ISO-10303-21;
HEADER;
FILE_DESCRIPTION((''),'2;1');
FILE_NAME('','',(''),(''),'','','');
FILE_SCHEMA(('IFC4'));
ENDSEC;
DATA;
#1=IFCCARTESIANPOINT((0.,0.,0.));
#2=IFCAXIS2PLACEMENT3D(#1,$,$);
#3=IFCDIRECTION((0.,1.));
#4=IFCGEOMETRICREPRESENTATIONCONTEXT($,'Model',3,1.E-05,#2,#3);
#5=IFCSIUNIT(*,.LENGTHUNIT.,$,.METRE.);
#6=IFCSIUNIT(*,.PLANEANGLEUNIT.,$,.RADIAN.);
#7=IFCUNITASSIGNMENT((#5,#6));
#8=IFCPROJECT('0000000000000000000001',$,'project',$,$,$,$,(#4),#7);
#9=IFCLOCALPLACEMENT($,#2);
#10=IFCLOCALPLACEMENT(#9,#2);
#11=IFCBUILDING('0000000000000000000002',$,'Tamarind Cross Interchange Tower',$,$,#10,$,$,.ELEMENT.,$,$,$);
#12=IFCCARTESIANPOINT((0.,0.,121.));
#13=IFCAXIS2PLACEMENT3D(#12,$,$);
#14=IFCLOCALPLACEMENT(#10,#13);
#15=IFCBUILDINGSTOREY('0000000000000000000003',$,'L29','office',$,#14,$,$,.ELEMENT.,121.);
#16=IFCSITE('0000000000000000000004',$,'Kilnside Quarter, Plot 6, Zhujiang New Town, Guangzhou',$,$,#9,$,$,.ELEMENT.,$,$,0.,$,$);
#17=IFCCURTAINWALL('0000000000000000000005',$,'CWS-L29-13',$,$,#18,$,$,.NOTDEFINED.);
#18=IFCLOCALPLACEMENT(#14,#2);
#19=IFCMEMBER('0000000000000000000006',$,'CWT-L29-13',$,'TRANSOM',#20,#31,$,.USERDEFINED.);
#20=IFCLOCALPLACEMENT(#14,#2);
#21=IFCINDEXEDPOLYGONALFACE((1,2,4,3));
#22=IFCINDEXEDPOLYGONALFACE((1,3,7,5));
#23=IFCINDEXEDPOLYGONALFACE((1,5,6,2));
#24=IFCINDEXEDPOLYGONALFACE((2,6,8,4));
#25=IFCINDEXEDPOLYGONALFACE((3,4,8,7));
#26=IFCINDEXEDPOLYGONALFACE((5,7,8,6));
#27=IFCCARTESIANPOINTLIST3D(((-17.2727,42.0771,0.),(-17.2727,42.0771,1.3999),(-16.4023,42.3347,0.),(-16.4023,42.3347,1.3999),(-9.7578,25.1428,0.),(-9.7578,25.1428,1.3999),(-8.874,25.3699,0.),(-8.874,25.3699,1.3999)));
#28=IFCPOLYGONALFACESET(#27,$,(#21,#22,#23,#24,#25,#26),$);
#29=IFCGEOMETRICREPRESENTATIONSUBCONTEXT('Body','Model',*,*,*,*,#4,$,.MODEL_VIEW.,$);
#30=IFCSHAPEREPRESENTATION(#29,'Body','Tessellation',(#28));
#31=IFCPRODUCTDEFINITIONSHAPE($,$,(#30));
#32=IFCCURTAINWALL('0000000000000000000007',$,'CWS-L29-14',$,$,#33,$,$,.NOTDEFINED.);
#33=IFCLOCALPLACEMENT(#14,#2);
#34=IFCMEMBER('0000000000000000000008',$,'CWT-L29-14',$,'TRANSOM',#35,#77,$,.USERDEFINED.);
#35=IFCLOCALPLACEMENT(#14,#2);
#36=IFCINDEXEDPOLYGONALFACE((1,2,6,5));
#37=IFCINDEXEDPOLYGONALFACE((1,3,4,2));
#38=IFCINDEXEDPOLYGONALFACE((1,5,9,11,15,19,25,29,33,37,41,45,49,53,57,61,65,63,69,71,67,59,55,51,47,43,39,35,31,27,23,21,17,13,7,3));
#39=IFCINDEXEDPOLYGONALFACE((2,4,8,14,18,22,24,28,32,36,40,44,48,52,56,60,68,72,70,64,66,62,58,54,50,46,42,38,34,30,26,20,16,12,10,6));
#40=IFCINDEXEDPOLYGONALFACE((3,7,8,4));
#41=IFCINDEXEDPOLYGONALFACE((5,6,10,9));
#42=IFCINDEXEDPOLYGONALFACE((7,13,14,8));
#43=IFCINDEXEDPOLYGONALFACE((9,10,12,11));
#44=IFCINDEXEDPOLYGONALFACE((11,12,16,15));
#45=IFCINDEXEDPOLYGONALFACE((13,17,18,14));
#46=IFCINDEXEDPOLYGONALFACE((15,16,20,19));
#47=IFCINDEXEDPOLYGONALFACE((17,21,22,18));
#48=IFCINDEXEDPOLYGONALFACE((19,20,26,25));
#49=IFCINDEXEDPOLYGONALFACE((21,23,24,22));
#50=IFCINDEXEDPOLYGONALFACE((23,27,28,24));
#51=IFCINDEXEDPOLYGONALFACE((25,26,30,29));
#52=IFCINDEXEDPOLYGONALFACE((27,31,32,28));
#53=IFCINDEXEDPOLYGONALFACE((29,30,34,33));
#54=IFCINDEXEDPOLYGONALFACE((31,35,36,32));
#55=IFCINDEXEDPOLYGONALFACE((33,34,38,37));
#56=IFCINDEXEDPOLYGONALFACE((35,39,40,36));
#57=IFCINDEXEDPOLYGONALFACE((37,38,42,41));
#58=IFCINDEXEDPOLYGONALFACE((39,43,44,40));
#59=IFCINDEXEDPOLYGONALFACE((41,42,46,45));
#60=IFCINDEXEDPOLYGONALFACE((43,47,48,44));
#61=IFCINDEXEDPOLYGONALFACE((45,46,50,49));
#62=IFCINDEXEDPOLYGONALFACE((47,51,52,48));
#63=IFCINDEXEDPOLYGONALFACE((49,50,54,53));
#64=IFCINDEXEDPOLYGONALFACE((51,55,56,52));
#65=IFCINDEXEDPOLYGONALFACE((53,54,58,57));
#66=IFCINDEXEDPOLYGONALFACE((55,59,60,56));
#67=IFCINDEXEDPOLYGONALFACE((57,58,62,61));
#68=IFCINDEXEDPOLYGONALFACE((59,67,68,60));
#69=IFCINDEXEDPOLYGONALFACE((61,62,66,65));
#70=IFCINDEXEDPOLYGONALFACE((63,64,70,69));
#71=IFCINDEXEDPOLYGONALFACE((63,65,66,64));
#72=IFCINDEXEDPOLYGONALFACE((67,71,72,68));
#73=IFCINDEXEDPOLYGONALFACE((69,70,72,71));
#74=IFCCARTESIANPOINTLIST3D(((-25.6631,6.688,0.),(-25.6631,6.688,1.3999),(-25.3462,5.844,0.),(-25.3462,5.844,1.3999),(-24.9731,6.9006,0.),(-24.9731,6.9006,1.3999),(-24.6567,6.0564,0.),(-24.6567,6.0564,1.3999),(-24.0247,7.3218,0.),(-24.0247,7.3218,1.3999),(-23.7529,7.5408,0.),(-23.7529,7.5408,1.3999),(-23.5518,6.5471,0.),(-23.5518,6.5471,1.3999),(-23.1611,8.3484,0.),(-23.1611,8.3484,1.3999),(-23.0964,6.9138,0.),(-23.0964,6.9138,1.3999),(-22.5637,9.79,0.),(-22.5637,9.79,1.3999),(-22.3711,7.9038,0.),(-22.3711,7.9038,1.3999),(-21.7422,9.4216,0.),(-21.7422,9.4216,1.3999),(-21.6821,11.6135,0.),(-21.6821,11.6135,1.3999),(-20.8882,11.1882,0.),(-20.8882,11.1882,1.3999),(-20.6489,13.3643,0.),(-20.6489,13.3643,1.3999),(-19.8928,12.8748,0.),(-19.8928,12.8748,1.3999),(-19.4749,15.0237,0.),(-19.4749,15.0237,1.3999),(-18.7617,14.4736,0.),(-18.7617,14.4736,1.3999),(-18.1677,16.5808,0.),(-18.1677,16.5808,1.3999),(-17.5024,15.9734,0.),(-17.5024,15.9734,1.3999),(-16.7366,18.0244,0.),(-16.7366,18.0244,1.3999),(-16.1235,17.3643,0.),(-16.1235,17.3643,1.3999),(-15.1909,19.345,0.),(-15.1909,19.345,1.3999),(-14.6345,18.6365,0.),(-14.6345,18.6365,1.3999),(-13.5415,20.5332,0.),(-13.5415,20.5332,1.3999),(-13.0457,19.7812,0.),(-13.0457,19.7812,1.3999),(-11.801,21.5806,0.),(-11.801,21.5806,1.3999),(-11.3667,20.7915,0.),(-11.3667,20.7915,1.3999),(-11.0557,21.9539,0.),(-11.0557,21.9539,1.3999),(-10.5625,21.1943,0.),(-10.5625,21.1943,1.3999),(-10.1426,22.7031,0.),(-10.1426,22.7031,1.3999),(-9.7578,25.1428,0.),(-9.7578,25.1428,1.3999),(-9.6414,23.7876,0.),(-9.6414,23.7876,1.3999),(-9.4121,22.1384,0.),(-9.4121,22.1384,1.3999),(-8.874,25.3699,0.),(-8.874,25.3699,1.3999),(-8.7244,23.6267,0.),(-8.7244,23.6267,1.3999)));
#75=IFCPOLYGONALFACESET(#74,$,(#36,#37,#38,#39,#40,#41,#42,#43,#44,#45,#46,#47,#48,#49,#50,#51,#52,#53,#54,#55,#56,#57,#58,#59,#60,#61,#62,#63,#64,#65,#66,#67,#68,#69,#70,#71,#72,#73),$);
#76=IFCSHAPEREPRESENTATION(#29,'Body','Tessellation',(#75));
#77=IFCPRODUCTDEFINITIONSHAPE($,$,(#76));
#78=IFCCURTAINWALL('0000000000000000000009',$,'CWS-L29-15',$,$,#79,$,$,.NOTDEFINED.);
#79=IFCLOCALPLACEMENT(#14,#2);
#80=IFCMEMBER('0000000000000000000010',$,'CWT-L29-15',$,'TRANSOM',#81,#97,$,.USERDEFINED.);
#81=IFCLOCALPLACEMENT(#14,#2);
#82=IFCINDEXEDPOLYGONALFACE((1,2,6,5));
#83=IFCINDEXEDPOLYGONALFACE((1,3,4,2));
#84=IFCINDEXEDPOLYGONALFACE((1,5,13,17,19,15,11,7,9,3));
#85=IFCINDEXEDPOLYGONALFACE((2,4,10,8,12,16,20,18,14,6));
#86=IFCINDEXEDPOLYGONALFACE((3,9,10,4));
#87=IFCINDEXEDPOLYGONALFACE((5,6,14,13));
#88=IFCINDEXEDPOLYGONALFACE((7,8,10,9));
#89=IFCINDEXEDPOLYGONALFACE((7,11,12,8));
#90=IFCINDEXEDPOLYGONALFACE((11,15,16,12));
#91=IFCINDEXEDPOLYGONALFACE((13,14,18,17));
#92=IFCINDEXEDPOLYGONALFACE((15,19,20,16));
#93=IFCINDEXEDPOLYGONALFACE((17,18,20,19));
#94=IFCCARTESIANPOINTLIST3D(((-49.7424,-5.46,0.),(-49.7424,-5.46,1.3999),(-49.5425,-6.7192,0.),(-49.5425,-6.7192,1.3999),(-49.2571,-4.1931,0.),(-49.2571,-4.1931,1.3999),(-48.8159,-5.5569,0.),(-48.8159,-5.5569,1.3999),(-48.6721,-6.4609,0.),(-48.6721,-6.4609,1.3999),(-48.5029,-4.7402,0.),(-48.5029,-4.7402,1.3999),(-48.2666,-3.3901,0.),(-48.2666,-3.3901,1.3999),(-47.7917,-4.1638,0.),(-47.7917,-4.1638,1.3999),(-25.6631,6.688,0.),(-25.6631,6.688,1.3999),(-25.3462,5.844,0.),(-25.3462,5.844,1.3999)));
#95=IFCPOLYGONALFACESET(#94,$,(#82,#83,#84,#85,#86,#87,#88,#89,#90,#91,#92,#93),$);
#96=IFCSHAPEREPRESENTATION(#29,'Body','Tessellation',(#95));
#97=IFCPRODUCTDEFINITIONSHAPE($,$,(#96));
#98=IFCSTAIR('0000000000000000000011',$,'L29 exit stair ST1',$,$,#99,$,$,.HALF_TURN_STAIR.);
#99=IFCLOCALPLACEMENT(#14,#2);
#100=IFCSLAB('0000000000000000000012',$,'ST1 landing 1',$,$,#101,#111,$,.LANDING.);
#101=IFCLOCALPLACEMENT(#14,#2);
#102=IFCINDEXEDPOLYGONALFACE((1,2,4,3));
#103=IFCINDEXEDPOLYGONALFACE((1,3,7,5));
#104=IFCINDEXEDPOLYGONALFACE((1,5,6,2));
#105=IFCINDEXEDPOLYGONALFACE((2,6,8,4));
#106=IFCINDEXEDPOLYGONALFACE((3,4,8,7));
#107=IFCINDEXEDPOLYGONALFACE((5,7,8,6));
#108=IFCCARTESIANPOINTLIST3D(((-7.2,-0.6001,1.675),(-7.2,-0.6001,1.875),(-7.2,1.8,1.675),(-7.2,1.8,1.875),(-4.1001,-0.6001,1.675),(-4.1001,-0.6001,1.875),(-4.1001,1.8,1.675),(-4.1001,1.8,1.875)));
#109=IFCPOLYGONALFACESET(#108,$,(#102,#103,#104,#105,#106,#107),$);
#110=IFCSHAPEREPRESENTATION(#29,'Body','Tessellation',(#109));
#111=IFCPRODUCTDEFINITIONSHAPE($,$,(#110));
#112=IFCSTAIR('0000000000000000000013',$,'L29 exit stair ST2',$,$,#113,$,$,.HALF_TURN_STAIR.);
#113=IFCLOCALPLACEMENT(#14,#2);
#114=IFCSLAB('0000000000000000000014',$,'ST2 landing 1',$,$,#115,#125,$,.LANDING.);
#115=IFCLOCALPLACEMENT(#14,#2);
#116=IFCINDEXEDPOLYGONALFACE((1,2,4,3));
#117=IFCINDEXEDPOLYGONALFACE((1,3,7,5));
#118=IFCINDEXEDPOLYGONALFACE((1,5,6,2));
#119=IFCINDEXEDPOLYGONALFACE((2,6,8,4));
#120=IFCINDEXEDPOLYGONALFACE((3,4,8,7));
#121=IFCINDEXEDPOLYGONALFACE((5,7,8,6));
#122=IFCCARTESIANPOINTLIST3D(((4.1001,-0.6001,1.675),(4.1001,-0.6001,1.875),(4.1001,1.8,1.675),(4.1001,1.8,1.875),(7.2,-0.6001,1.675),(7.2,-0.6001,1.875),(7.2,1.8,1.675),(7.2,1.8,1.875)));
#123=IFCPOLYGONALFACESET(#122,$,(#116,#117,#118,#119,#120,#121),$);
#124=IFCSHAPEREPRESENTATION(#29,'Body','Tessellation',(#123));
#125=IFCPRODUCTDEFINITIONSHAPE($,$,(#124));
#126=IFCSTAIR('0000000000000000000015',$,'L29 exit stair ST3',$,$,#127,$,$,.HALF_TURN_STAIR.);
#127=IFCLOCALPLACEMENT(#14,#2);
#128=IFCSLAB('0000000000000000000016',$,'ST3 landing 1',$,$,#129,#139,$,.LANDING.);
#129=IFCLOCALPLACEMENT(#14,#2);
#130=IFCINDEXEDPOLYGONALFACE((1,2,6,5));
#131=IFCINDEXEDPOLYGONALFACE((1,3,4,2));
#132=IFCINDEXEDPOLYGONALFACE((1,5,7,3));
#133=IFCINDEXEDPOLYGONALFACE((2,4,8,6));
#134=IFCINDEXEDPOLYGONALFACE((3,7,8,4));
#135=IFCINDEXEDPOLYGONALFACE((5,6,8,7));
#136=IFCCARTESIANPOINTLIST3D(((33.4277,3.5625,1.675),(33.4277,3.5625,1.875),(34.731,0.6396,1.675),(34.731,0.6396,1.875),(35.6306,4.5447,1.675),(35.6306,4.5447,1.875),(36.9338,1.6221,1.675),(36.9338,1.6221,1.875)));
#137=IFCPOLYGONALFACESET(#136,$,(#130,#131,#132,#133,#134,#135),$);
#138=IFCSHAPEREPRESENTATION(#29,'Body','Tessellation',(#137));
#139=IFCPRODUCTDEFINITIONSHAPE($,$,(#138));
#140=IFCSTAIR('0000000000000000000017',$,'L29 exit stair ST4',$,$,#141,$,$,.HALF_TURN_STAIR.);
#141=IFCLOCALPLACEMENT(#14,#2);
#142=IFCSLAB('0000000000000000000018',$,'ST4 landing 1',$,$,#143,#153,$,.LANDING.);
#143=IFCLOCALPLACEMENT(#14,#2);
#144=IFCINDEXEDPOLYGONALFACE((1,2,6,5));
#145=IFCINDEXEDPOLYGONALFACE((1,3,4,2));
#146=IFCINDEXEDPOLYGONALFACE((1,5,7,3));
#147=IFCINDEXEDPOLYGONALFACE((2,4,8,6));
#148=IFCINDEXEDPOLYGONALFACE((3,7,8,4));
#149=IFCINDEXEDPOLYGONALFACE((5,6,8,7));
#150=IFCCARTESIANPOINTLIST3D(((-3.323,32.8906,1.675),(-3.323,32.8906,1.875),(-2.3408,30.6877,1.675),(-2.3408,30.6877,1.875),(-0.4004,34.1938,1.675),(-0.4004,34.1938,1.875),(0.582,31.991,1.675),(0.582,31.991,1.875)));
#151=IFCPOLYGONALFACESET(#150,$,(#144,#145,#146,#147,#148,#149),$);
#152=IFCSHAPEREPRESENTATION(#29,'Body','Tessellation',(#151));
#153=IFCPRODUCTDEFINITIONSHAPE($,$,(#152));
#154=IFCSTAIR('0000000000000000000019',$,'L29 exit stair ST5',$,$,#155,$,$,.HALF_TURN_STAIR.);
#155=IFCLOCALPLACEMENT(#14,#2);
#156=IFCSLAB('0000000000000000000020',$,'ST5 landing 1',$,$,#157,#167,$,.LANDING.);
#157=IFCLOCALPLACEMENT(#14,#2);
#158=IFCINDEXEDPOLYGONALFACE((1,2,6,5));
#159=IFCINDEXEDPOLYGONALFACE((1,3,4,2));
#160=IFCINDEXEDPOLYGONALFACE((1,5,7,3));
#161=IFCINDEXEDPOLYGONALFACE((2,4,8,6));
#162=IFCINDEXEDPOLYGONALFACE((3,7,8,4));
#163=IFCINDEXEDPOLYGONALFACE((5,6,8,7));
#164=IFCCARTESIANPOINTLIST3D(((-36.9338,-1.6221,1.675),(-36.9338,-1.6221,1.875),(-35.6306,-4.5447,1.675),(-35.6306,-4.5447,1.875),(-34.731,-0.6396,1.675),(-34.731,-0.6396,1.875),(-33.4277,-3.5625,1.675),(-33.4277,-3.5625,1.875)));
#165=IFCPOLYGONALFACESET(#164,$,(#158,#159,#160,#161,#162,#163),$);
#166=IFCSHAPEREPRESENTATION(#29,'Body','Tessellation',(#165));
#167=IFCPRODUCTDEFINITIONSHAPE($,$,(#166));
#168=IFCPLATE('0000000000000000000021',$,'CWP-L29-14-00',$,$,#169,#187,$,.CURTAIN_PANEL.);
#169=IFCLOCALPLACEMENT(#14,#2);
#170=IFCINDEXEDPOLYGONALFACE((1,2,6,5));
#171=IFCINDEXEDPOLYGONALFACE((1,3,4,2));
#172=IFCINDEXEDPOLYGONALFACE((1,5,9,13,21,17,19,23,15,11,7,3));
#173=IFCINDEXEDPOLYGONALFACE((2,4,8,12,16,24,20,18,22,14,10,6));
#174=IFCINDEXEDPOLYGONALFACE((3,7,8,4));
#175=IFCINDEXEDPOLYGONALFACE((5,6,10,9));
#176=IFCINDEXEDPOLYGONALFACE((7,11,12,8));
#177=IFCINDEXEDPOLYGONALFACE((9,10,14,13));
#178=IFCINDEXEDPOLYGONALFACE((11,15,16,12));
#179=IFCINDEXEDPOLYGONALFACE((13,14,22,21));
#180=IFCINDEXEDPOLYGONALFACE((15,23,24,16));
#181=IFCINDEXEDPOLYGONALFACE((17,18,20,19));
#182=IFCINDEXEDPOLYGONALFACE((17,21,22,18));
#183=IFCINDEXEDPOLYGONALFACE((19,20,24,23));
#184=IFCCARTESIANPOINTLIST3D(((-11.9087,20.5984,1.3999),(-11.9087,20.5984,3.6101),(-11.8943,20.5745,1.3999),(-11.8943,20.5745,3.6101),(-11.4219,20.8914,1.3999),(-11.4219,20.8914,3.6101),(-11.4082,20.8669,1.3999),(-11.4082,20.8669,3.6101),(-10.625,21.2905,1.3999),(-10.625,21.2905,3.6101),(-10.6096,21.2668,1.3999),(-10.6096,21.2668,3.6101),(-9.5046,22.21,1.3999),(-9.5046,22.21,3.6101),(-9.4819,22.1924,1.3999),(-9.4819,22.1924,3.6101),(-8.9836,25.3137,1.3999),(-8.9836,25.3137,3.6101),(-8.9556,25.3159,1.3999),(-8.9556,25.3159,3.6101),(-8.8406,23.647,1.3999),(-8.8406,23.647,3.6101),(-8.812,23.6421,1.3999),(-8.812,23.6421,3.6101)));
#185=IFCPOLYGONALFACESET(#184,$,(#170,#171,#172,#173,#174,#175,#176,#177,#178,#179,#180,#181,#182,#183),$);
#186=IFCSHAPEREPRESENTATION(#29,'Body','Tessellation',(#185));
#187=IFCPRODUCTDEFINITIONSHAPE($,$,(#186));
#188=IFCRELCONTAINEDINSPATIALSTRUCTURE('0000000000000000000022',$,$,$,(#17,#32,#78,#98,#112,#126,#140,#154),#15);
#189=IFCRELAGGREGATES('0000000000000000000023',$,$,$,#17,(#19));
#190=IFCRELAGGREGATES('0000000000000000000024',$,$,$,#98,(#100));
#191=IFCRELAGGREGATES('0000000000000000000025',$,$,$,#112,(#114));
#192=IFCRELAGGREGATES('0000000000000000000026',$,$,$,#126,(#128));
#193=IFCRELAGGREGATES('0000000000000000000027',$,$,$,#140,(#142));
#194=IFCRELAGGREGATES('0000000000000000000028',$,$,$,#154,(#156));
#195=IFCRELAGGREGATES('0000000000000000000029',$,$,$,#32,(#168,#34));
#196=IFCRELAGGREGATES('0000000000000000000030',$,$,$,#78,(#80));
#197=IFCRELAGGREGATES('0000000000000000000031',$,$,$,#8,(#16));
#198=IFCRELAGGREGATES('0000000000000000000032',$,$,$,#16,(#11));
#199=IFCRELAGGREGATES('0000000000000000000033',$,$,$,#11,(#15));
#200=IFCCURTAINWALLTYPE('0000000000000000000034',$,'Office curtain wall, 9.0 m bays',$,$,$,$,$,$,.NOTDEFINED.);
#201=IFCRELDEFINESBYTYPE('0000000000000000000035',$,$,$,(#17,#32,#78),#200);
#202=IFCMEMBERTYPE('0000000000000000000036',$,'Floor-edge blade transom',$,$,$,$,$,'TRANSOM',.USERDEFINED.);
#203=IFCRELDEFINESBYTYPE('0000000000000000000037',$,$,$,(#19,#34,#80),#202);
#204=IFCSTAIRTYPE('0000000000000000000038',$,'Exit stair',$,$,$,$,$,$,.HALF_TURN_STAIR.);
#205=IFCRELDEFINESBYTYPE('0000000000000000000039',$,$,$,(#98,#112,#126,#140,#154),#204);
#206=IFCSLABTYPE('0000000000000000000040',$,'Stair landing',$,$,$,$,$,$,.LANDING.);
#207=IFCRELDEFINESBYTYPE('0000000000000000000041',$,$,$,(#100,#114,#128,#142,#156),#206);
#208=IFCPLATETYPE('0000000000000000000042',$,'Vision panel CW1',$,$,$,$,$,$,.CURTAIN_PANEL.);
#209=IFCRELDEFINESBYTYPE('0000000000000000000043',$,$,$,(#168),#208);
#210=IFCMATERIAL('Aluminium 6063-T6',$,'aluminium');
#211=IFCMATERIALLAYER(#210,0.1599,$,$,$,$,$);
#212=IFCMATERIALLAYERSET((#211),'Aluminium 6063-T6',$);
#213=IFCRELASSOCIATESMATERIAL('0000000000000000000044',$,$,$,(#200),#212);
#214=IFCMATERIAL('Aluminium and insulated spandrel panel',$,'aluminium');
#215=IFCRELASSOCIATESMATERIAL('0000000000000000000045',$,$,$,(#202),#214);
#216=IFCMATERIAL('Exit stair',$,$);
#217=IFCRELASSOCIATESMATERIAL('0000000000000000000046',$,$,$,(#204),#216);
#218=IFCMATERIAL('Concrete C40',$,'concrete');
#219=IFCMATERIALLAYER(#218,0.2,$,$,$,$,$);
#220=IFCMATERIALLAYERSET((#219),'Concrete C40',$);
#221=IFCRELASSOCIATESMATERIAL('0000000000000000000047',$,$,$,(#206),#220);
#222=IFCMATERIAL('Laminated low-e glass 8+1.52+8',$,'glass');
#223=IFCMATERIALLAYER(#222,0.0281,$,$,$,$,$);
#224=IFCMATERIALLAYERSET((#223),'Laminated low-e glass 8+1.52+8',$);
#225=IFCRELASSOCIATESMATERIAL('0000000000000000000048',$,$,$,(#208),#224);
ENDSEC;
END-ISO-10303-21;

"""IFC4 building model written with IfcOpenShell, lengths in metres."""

from ifc_helpers import new_model, si_unit, direction, frame, origin, place, context, subcontext, project, spatial, polyline, outline, extrude, material, layer, layer_set, type_object, element, aggregate, save


model = new_model("IFC4")

# Units and contexts
model_context = context("Model", 3, precision=1e-05, world=origin(), true_north=direction((0.0, 1.0)))
body_context = subcontext(model_context, "Body", "Model", "MODEL_VIEW")
ifc_project = project(units=[si_unit("LENGTHUNIT", "METRE"), si_unit("PLANEANGLEUNIT", "RADIAN")], contexts=[model_context])

# Site, building, storey
site_placement = place(None, origin())
site = spatial("IfcSite", under=ifc_project, at=site_placement, Name="Kilnside Quarter, Plot 6, Zhujiang New Town, Guangzhou", CompositionType="ELEMENT", RefElevation=0.0)
building_placement = place(site_placement, origin())
building = spatial("IfcBuilding", under=site, at=building_placement, Name="Tamarind Cross Interchange Tower", CompositionType="ELEMENT")
storey_placement = place(building_placement, frame((0.0, 0.0, 121.0)))
storey = spatial("IfcBuildingStorey", under=building, at=storey_placement, Name="L29", Description="office", CompositionType="ELEMENT", Elevation=121.0)

# Curtain walls, members
ifc_material_1 = material(Name="Aluminium 6063-T6", Category="aluminium")
ifc_layer_1 = layer(ifc_material_1, 0.1599)
ifc_layer_set_1 = layer_set([ifc_layer_1], Name="Aluminium 6063-T6")
curtain_wall_type = type_object("IfcCurtainWallType", Name="Office curtain wall, 9.0 m bays", PredefinedType="NOTDEFINED", material=ifc_layer_set_1)
curtain_wall_1_placement = place(storey_placement, origin())
curtain_wall_1 = element("IfcCurtainWall", 1, at=curtain_wall_1_placement, inside=storey, type_object=curtain_wall_type, Name="CWS-L29-13", PredefinedType="NOTDEFINED")
ifc_material_2 = material(Name="Aluminium and insulated spandrel panel", Category="aluminium")
member_type = type_object("IfcMemberType", Name="Floor-edge blade transom", ElementType="TRANSOM", PredefinedType="USERDEFINED", material=ifc_material_2)
member_1_placement = place(storey_placement, origin())
member_1 = element("IfcMember", 2, at=member_1_placement, type_object=member_type, Name="CWT-L29-13", ObjectType="TRANSOM", PredefinedType="USERDEFINED", context=body_context, shape_type="SweptSolid", body=[
    extrude(outline(polyline([(-16.4023, 42.3347), (-8.874, 25.3699), (-9.7578, 25.1428), (-17.2727, 42.0771), (-16.4023, 42.3347)])), origin(), (0.0, 0.0, 1.0), 1.3999),
])
aggregate(curtain_wall_1, [member_1])
curtain_wall_2_placement = place(storey_placement, origin())
curtain_wall_2 = element("IfcCurtainWall", 3, at=curtain_wall_2_placement, inside=storey, type_object=curtain_wall_type, Name="CWS-L29-14", PredefinedType="NOTDEFINED")
member_2_placement = place(storey_placement, origin())
member_2 = element("IfcMember", 4, at=member_2_placement, type_object=member_type, Name="CWT-L29-14", ObjectType="TRANSOM", PredefinedType="USERDEFINED", context=body_context, shape_type="SweptSolid", body=[
    extrude(outline(polyline([(-8.874, 25.3699), (-8.7244, 23.6267), (-9.4121, 22.1384), (-10.5625, 21.1943), (-11.3667, 20.7915), (-13.0457, 19.7812), (-14.6345, 18.6365), (-16.1235, 17.3643), (-17.5024, 15.9734), (-18.7617, 14.4736), (-19.8928, 12.8748), (-20.8882, 11.1882), (-21.7422, 9.4216), (-22.3711, 7.9038), (-23.0964, 6.9138), (-23.5518, 6.5471), (-24.6567, 6.0564), (-25.3462, 5.844), (-25.6631, 6.688), (-24.9731, 6.9006), (-24.0247, 7.3218), (-23.7529, 7.5408), (-23.1611, 8.3484), (-22.5637, 9.79), (-21.6821, 11.6135), (-20.6489, 13.3643), (-19.4749, 15.0237), (-18.1677, 16.5808), (-16.7366, 18.0244), (-15.1909, 19.345), (-13.5415, 20.5332), (-11.801, 21.5806), (-11.0557, 21.9539), (-10.1426, 22.7031), (-9.6414, 23.7876), (-9.7578, 25.1428), (-8.874, 25.3699)])), origin(), (0.0, 0.0, 1.0), 1.3999),
])
curtain_wall_3_placement = place(storey_placement, origin())
curtain_wall_3 = element("IfcCurtainWall", 5, at=curtain_wall_3_placement, inside=storey, type_object=curtain_wall_type, Name="CWS-L29-15", PredefinedType="NOTDEFINED")
member_3_placement = place(storey_placement, origin())
member_3 = element("IfcMember", 6, at=member_3_placement, type_object=member_type, Name="CWT-L29-15", ObjectType="TRANSOM", PredefinedType="USERDEFINED", context=body_context, shape_type="SweptSolid", body=[
    extrude(outline(polyline([(-25.3462, 5.844), (-47.7917, -4.1638), (-48.5029, -4.7402), (-48.8159, -5.5569), (-48.6721, -6.4609), (-49.5425, -6.7192), (-49.7424, -5.46), (-49.2571, -4.1931), (-48.2666, -3.3901), (-25.6631, 6.688), (-25.3462, 5.844)])), origin(), (0.0, 0.0, 1.0), 1.3999),
])

# Stairs, slabs
ifc_material_3 = material(Name="Exit stair")
stair_type = type_object("IfcStairType", Name="Exit stair", PredefinedType="HALF_TURN_STAIR", material=ifc_material_3)
stair_1_placement = place(storey_placement, origin())
stair_1 = element("IfcStair", 7, at=stair_1_placement, inside=storey, type_object=stair_type, Name="L29 exit stair ST1", PredefinedType="HALF_TURN_STAIR")
ifc_material_4 = material(Name="Concrete C40", Category="concrete")
ifc_layer_2 = layer(ifc_material_4, 0.2)
ifc_layer_set_2 = layer_set([ifc_layer_2], Name="Concrete C40")
slab_type = type_object("IfcSlabType", Name="Stair landing", PredefinedType="LANDING", material=ifc_layer_set_2)
slab_1_placement = place(storey_placement, frame((0.0, 0.0, 1.675)))
slab_1 = element("IfcSlab", 8, at=slab_1_placement, type_object=slab_type, Name="ST1 landing 1", PredefinedType="LANDING", context=body_context, shape_type="SweptSolid", body=[
    extrude(outline(polyline([(-4.1001, -0.6001), (-4.1001, 1.8), (-7.2, 1.8), (-7.2, -0.6001), (-4.1001, -0.6001)])), origin(), (0.0, 0.0, 1.0), 0.2),
])
aggregate(stair_1, [slab_1])
stair_2_placement = place(storey_placement, origin())
stair_2 = element("IfcStair", 9, at=stair_2_placement, inside=storey, type_object=stair_type, Name="L29 exit stair ST2", PredefinedType="HALF_TURN_STAIR")
slab_2_placement = place(storey_placement, frame((0.0, 0.0, 1.675)))
slab_2 = element("IfcSlab", 10, at=slab_2_placement, type_object=slab_type, Name="ST2 landing 1", PredefinedType="LANDING", context=body_context, shape_type="SweptSolid", body=[
    extrude(outline(polyline([(7.2, -0.6001), (7.2, 1.8), (4.1001, 1.8), (4.1001, -0.6001), (7.2, -0.6001)])), origin(), (0.0, 0.0, 1.0), 0.2),
])
aggregate(stair_2, [slab_2])
stair_3_placement = place(storey_placement, origin())
stair_3 = element("IfcStair", 11, at=stair_3_placement, inside=storey, type_object=stair_type, Name="L29 exit stair ST3", PredefinedType="HALF_TURN_STAIR")
slab_3_placement = place(storey_placement, frame((0.0, 0.0, 1.675)))
slab_3 = element("IfcSlab", 12, at=slab_3_placement, type_object=slab_type, Name="ST3 landing 1", PredefinedType="LANDING", context=body_context, shape_type="SweptSolid", body=[
    extrude(outline(polyline([(34.731, 0.6396), (36.9338, 1.6221), (35.6306, 4.5447), (33.4277, 3.5625), (34.731, 0.6396)])), origin(), (0.0, 0.0, 1.0), 0.2),
])
aggregate(stair_3, [slab_3])
stair_4_placement = place(storey_placement, origin())
stair_4 = element("IfcStair", 13, at=stair_4_placement, inside=storey, type_object=stair_type, Name="L29 exit stair ST4", PredefinedType="HALF_TURN_STAIR")
slab_4_placement = place(storey_placement, frame((0.0, 0.0, 1.675)))
slab_4 = element("IfcSlab", 14, at=slab_4_placement, type_object=slab_type, Name="ST4 landing 1", PredefinedType="LANDING", context=body_context, shape_type="SweptSolid", body=[
    extrude(outline(polyline([(0.582, 31.991), (-0.4004, 34.1938), (-3.323, 32.8906), (-2.3408, 30.6877), (0.582, 31.991)])), origin(), (0.0, 0.0, 1.0), 0.2),
])
aggregate(stair_4, [slab_4])
stair_5_placement = place(storey_placement, origin())
stair_5 = element("IfcStair", 15, at=stair_5_placement, inside=storey, type_object=stair_type, Name="L29 exit stair ST5", PredefinedType="HALF_TURN_STAIR")
slab_5_placement = place(storey_placement, frame((0.0, 0.0, 1.675)))
slab_5 = element("IfcSlab", 16, at=slab_5_placement, type_object=slab_type, Name="ST5 landing 1", PredefinedType="LANDING", context=body_context, shape_type="SweptSolid", body=[
    extrude(outline(polyline([(-34.731, -0.6396), (-36.9338, -1.6221), (-35.6306, -4.5447), (-33.4277, -3.5625), (-34.731, -0.6396)])), origin(), (0.0, 0.0, 1.0), 0.2),
])
aggregate(stair_5, [slab_5])

# Plate
ifc_material_5 = material(Name="Laminated low-e glass 8+1.52+8", Category="glass")
ifc_layer_3 = layer(ifc_material_5, 0.0281)
ifc_layer_set_3 = layer_set([ifc_layer_3], Name="Laminated low-e glass 8+1.52+8")
plate_type = type_object("IfcPlateType", Name="Vision panel CW1", PredefinedType="CURTAIN_PANEL", material=ifc_layer_set_3)
plate_1_placement = place(storey_placement, frame((0.0, 0.0, 1.3999)))
plate_1 = element("IfcPlate", 17, at=plate_1_placement, type_object=plate_type, Name="CWP-L29-14-00", PredefinedType="CURTAIN_PANEL", context=body_context, shape_type="SweptSolid", body=[
    extrude(outline(polyline([(-8.9556, 25.3159), (-8.812, 23.6421), (-9.4819, 22.1924), (-10.6096, 21.2668), (-11.4082, 20.8669), (-11.8943, 20.5745), (-11.9087, 20.5984), (-11.4219, 20.8914), (-10.625, 21.2905), (-9.5046, 22.21), (-8.8406, 23.647), (-8.9836, 25.3137), (-8.9556, 25.3159)])), origin(), (0.0, 0.0, 1.0), 2.2102),
])
aggregate(curtain_wall_2, [plate_1, member_2])
aggregate(curtain_wall_3, [member_3])

save(model, "model.ifc")
